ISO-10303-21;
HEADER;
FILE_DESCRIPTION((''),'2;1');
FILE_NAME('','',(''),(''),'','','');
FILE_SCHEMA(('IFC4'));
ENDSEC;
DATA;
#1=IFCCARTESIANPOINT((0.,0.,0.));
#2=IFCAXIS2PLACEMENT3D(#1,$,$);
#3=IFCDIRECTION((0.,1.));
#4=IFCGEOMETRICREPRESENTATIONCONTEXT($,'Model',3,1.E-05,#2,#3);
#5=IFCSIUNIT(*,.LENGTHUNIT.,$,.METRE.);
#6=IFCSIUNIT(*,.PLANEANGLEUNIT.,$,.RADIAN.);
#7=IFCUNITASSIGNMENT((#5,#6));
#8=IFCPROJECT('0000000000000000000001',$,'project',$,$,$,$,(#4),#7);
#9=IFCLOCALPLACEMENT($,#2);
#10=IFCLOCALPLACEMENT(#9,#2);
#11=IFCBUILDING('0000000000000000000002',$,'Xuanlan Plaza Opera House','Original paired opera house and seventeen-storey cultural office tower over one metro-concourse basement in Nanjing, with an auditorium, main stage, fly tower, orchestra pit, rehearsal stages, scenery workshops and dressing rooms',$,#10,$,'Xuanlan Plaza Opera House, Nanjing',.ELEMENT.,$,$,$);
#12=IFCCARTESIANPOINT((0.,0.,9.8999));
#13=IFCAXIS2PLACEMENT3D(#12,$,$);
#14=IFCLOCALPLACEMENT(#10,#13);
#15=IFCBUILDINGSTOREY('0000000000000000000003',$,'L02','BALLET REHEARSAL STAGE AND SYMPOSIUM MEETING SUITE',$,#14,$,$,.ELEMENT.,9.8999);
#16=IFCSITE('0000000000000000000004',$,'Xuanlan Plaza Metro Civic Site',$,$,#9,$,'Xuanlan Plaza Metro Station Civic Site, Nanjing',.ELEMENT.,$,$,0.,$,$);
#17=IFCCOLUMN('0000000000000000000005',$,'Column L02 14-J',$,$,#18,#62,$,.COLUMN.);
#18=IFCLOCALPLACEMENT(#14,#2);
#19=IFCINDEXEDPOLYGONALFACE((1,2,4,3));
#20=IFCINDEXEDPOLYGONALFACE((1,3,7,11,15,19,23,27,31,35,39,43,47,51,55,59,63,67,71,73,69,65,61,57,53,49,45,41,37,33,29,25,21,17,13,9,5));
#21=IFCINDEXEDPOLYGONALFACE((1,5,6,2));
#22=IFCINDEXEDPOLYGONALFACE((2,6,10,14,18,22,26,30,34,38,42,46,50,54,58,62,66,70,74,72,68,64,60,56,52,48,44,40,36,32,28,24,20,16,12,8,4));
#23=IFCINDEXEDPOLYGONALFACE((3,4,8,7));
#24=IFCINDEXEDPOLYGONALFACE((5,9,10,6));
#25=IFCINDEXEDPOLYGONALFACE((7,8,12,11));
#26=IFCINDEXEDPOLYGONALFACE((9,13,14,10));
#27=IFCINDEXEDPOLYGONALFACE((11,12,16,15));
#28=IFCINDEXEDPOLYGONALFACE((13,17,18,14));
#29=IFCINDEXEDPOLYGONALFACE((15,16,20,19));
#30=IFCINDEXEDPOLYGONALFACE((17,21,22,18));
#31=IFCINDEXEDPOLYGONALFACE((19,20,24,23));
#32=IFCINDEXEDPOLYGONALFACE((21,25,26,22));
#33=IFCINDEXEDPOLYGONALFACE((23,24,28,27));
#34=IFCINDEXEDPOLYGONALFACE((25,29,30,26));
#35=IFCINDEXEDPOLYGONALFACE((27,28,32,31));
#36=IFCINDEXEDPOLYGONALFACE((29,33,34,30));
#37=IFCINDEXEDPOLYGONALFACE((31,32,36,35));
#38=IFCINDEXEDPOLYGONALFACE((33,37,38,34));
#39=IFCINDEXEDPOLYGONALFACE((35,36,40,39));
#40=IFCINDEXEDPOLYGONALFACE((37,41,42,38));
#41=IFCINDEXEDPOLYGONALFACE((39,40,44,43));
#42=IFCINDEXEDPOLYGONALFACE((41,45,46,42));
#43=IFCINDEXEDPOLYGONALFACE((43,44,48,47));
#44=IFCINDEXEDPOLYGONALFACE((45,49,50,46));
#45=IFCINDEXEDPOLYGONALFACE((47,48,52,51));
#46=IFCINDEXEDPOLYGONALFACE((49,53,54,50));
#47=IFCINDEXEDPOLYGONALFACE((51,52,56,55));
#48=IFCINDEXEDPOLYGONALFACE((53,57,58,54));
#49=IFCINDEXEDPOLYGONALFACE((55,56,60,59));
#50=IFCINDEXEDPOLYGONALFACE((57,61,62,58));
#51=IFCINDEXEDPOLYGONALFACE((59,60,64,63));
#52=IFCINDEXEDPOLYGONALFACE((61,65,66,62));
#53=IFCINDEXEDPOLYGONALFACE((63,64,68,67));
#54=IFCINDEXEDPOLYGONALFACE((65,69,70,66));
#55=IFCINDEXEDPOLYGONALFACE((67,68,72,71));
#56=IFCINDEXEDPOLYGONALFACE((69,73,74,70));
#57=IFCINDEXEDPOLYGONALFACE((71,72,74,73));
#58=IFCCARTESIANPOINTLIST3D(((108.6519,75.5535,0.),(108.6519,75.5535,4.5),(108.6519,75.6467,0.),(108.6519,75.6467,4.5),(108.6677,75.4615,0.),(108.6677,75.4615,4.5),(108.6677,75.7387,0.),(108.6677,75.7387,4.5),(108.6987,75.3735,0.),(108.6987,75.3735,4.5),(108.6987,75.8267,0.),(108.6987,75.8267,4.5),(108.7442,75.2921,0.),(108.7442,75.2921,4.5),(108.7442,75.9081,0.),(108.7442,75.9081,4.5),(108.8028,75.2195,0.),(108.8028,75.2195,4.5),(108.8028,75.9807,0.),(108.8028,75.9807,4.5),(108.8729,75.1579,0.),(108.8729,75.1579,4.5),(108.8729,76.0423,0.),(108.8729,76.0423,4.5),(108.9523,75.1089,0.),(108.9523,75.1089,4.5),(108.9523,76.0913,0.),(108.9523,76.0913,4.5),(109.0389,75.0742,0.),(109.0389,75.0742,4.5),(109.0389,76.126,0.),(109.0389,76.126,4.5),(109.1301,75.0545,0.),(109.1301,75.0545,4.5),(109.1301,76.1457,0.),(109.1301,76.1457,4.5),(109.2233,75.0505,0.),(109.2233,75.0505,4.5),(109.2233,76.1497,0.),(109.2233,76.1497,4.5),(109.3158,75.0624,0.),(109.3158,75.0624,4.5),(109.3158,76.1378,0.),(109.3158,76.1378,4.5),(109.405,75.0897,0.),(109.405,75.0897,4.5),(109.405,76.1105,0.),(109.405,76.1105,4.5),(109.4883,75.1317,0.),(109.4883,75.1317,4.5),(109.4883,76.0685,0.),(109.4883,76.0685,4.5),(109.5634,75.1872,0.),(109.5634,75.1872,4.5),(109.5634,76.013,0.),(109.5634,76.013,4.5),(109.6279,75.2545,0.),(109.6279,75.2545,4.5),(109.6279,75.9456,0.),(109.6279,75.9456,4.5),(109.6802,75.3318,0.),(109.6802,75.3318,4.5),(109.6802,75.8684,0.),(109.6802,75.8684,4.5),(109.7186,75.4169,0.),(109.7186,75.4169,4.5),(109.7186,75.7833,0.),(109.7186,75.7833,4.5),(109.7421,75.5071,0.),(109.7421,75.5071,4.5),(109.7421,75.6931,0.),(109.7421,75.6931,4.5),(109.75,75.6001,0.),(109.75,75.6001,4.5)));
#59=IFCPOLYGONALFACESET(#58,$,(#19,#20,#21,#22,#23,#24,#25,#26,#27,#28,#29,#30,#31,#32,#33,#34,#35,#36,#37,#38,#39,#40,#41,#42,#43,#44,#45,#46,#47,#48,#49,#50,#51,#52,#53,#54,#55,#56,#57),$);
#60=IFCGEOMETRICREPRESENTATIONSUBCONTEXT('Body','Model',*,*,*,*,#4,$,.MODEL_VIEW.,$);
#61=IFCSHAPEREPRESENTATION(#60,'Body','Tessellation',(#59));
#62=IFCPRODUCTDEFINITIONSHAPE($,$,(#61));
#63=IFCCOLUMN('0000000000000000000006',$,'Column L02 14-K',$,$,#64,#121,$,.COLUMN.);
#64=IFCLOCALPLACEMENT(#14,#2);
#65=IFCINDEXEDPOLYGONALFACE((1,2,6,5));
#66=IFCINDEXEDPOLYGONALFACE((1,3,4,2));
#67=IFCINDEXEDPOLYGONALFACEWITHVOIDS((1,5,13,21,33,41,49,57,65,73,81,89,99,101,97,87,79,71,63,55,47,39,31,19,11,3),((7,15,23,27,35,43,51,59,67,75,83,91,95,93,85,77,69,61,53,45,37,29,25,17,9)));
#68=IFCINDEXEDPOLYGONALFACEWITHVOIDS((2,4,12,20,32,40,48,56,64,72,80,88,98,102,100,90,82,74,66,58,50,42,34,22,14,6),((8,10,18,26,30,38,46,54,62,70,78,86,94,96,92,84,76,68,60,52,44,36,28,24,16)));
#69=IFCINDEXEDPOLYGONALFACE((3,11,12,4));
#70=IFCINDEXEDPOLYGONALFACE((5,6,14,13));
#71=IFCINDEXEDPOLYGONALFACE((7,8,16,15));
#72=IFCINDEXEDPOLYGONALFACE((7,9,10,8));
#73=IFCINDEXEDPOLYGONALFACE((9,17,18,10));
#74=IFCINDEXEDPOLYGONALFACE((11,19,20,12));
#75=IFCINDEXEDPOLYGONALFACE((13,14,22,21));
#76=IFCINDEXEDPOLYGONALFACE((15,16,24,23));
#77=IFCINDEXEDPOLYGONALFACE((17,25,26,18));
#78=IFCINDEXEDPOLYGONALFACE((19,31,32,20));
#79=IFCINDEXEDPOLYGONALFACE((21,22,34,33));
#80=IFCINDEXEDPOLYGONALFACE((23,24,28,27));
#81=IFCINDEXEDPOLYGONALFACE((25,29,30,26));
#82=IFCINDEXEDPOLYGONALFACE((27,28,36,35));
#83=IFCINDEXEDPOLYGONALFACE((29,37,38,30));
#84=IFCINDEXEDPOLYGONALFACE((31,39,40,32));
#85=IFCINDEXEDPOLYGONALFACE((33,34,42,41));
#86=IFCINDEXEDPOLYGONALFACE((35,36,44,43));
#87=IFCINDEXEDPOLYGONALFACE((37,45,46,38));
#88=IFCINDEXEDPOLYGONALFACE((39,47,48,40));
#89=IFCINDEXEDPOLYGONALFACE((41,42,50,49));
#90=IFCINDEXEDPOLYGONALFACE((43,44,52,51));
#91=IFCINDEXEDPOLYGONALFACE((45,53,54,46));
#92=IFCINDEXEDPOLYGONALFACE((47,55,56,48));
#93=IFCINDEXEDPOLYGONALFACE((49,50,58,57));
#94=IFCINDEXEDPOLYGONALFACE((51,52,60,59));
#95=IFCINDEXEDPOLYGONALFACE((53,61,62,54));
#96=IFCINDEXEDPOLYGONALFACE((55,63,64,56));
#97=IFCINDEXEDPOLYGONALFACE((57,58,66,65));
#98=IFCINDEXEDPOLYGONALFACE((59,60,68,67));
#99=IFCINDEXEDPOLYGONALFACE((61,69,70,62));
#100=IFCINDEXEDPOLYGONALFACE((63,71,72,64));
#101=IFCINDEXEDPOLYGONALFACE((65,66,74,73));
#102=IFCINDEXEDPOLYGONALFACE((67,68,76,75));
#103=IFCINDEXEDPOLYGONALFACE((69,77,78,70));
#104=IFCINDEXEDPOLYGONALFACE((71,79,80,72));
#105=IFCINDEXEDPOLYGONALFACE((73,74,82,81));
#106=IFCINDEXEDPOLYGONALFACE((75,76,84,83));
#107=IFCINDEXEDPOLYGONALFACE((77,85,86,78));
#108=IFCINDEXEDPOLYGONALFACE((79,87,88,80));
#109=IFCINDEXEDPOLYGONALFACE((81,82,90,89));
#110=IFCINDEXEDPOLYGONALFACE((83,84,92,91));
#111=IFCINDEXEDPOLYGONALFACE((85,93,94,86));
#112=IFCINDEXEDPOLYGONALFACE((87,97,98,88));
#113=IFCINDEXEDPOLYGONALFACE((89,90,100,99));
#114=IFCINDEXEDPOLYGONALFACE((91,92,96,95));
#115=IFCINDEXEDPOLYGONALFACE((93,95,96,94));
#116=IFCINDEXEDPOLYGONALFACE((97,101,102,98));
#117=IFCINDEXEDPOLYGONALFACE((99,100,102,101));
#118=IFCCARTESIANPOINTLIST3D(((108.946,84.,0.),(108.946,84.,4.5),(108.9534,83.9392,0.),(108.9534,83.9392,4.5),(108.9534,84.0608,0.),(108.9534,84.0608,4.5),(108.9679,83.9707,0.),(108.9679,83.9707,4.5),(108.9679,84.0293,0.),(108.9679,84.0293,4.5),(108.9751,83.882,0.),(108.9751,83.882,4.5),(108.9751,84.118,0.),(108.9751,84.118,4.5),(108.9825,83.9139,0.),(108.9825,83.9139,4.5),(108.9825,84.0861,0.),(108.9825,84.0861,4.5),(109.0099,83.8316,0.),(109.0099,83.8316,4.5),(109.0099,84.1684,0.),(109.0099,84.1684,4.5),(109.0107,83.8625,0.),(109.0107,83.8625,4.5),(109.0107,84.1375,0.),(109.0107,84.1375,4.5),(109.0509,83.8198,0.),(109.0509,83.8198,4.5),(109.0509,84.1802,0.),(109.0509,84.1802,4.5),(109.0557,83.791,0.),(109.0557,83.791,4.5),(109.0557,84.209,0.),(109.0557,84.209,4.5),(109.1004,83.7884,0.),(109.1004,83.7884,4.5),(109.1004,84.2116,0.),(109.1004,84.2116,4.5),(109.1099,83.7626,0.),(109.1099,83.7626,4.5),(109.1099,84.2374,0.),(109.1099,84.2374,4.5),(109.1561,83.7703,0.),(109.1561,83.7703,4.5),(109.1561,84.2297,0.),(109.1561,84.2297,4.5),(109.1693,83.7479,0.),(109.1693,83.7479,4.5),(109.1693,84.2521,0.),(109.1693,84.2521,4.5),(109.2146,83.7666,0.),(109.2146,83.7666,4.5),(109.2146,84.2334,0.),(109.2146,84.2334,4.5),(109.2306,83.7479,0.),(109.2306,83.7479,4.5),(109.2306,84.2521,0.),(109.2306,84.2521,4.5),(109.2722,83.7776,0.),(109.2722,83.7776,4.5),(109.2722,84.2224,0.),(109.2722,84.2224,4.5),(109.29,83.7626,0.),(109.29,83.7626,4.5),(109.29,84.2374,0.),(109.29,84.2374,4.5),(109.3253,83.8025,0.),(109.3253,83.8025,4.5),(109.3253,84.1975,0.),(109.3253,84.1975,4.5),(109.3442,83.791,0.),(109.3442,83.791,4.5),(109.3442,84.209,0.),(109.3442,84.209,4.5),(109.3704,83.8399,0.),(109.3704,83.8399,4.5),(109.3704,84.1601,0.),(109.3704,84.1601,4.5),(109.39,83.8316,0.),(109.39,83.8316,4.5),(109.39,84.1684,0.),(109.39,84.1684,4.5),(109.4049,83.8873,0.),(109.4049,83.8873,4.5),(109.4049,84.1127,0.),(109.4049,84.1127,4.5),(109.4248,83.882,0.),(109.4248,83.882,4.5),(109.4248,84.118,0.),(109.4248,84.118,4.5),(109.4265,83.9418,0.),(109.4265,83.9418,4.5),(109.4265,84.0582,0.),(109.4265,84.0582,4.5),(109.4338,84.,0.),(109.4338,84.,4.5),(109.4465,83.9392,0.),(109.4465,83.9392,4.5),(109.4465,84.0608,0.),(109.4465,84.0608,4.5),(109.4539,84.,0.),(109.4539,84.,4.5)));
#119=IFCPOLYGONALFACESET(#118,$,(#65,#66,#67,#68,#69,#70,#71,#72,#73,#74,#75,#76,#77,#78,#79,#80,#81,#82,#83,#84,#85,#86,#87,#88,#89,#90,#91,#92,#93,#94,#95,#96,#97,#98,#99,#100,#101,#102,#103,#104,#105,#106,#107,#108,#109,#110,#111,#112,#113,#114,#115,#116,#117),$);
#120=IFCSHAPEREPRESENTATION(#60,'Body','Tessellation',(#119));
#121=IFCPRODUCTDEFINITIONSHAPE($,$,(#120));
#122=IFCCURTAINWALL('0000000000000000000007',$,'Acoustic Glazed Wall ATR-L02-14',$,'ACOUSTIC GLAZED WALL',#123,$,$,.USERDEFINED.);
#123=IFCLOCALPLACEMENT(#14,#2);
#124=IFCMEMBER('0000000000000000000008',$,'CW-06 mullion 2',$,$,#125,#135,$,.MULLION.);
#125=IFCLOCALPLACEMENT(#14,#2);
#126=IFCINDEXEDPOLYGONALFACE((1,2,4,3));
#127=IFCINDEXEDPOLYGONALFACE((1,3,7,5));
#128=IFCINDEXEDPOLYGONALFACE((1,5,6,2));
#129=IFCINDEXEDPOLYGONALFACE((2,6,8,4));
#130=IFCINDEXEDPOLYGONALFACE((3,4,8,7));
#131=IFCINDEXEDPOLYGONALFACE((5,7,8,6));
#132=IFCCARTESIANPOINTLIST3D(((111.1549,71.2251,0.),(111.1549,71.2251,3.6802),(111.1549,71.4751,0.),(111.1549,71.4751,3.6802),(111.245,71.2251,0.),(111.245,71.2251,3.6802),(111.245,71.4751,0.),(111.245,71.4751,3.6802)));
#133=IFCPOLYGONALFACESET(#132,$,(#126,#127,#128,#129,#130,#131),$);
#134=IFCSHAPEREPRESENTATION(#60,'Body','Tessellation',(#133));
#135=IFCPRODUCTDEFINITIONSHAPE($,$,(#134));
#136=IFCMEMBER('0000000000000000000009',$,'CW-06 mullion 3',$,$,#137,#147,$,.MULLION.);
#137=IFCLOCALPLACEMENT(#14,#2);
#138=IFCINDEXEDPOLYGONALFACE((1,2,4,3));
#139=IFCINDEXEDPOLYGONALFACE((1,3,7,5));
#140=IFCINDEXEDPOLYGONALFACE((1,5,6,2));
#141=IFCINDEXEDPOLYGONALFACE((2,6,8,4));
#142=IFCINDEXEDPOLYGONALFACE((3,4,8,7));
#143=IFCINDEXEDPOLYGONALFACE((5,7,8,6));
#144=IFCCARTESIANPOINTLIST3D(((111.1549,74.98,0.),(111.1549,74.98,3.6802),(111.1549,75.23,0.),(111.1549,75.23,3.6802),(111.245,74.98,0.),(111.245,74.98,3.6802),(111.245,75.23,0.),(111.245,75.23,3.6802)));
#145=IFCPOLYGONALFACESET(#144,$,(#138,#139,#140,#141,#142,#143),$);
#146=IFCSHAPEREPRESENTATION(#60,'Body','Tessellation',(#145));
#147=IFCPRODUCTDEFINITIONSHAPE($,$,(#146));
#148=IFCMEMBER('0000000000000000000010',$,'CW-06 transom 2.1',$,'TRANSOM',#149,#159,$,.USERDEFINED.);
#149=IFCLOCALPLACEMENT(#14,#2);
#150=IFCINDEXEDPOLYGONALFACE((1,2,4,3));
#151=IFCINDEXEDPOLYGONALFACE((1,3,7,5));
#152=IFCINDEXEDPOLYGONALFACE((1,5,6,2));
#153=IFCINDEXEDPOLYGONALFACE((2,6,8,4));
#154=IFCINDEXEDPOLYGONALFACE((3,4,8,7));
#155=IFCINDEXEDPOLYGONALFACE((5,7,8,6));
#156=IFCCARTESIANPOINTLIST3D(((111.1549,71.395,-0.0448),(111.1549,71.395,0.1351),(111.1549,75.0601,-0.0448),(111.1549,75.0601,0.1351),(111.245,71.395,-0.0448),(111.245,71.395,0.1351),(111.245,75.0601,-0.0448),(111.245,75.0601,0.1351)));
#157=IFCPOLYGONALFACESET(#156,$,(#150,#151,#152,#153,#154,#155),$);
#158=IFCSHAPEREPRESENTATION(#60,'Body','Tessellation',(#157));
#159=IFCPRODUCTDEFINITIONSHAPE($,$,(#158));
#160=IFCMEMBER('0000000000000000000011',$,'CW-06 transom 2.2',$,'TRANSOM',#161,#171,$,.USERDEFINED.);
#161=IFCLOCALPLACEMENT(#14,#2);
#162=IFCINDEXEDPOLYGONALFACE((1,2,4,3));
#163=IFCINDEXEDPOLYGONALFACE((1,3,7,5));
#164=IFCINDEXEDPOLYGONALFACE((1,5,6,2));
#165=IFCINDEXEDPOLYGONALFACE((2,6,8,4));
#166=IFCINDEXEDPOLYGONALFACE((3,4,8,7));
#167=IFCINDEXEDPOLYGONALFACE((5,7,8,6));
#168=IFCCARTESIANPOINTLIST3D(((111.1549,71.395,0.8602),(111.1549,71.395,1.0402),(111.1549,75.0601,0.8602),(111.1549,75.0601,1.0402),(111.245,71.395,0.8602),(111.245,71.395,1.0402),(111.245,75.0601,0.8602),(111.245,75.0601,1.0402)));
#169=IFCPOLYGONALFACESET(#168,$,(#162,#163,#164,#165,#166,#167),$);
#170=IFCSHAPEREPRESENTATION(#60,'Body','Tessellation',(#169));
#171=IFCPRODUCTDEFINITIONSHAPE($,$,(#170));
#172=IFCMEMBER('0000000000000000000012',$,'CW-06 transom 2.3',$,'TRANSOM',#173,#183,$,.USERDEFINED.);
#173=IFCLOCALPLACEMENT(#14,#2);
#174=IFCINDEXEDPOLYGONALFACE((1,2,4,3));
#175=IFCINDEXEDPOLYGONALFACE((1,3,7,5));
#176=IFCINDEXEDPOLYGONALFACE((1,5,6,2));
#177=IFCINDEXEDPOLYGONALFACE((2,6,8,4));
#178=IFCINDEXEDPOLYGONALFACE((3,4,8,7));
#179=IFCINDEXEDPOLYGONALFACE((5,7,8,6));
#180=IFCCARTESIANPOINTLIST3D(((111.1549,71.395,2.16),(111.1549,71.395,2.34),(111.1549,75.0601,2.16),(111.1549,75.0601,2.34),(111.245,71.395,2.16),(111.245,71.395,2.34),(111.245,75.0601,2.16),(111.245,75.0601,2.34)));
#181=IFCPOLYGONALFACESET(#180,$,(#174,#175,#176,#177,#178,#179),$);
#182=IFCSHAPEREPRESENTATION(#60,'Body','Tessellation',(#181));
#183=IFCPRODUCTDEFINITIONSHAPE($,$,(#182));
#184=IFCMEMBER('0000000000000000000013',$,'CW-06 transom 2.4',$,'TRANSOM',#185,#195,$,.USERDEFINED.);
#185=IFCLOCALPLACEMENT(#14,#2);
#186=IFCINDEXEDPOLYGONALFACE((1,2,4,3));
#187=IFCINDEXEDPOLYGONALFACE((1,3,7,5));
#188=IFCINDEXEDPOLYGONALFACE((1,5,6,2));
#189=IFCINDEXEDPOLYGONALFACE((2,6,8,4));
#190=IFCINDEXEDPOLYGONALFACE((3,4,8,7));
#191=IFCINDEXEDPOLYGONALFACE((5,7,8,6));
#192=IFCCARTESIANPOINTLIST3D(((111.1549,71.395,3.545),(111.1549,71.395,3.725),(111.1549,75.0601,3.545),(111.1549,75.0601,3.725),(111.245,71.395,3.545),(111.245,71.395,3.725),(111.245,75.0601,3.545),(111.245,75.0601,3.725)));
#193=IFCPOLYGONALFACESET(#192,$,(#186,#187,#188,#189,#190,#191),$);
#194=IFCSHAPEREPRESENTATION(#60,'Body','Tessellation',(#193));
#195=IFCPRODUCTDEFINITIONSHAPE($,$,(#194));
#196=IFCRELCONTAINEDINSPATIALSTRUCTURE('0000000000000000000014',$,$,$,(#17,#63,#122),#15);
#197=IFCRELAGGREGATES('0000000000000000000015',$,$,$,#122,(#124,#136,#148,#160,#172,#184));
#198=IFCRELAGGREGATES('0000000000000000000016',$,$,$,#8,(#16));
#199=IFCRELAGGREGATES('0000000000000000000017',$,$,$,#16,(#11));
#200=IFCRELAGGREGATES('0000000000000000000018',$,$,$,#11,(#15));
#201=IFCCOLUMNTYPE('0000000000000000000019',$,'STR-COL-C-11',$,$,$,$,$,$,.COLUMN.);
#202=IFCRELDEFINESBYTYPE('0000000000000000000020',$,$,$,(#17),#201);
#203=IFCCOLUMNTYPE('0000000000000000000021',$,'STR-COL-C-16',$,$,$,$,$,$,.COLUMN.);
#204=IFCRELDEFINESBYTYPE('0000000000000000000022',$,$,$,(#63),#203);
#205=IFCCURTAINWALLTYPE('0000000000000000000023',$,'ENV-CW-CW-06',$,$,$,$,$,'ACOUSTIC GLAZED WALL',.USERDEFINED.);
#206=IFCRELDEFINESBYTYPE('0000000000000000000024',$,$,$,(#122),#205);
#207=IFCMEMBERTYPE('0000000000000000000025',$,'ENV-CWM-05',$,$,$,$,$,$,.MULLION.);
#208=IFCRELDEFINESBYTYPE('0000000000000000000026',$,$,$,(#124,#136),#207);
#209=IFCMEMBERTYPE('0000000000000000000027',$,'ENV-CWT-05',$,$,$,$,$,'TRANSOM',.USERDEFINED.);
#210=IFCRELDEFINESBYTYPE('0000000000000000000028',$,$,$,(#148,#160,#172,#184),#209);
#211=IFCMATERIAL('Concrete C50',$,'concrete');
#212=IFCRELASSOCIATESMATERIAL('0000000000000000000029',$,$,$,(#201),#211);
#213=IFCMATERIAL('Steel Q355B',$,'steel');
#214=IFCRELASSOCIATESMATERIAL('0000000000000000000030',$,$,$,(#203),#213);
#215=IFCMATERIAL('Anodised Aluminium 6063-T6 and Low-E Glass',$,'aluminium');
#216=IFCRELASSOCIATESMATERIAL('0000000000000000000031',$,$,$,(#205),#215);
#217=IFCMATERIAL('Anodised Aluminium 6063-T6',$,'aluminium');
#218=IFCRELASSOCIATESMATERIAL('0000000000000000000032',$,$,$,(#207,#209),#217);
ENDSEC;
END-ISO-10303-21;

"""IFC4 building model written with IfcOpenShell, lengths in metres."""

from ifc_helpers import new_model, si_unit, direction, frame, origin, origin_2d, place, context, subcontext, project, spatial, rectangle, circle, hollow_circle, extrude, material, material_profile, profile_set, type_object, element, aggregate, save


model = new_model("IFC4")

# Units and contexts
model_context = context("Model", 3, precision=1e-05, world=origin(), true_north=direction((0.0, 1.0)))
body_context = subcontext(model_context, "Body", "Model", "MODEL_VIEW")
ifc_project = project(units=[si_unit("LENGTHUNIT", "METRE"), si_unit("PLANEANGLEUNIT", "RADIAN")], contexts=[model_context])

# Site, building, storey
site_placement = place(None, origin())
site = spatial("IfcSite", under=ifc_project, at=site_placement, Name="Xuanlan Plaza Metro Civic Site", LongName="Xuanlan Plaza Metro Station Civic Site, Nanjing", CompositionType="ELEMENT", RefElevation=0.0)
building_placement = place(site_placement, origin())
building = spatial("IfcBuilding", under=site, at=building_placement, Name="Xuanlan Plaza Opera House", Description="Original paired opera house and seventeen-storey cultural office tower over one metro-concourse basement in Nanjing, with an auditorium, main stage, fly tower, orchestra pit, rehearsal stages, scenery workshops and dressing rooms", LongName="Xuanlan Plaza Opera House, Nanjing", CompositionType="ELEMENT")
storey_placement = place(building_placement, frame((0.0, 0.0, 9.8999)))
storey = spatial("IfcBuildingStorey", under=building, at=storey_placement, Name="L02", Description="BALLET REHEARSAL STAGE AND SYMPOSIUM MEETING SUITE", CompositionType="ELEMENT", Elevation=9.8999)

# Columns
ifc_material_1 = material(Name="Concrete C50", Category="concrete")
ifc_material_profile_1 = material_profile(ifc_material_1, circle(Radius=0.55, at=origin_2d()), Name="RC-COL D1100")
ifc_profile_set_1 = profile_set([ifc_material_profile_1], Name="Concrete C50")
column_type_1 = type_object("IfcColumnType", Name="STR-COL-C-11", PredefinedType="COLUMN", material=ifc_profile_set_1)
column_1_placement = place(storey_placement, frame((109.2, 75.6001, 0.0), z_axis=(0.0, 0.0, 1.0), x_axis=(1.0, 0.0, 0.0)))
element("IfcColumn", 1, at=column_1_placement, inside=storey, type_object=column_type_1, Name="Column L02 14-J", PredefinedType="COLUMN", context=body_context, shape_type="SweptSolid", body=[
    extrude(circle(Radius=0.55, at=origin_2d()), origin(), (0.0, 0.0, 1.0), 4.5),
])
ifc_material_2 = material(Name="Steel Q355B", Category="steel")
ifc_material_profile_2 = material_profile(ifc_material_2, hollow_circle(Radius=0.2539, WallThickness=0.02, at=origin_2d()), Name="CHS 508x20")
ifc_profile_set_2 = profile_set([ifc_material_profile_2], Name="Steel Q355B")
column_type_2 = type_object("IfcColumnType", Name="STR-COL-C-16", PredefinedType="COLUMN", material=ifc_profile_set_2)
column_2_placement = place(storey_placement, frame((109.2, 84.0, 0.0), z_axis=(0.0, 0.0, 1.0), x_axis=(1.0, 0.0, 0.0)))
element("IfcColumn", 2, at=column_2_placement, inside=storey, type_object=column_type_2, Name="Column L02 14-K", PredefinedType="COLUMN", context=body_context, shape_type="SweptSolid", body=[
    extrude(hollow_circle(Radius=0.2539, WallThickness=0.02, at=origin_2d()), origin(), (0.0, 0.0, 1.0), 4.5),
])

# Curtain wall, members
ifc_material_3 = material(Name="Anodised Aluminium 6063-T6 and Low-E Glass", Category="aluminium")
curtain_wall_type = type_object("IfcCurtainWallType", Name="ENV-CW-CW-06", ElementType="ACOUSTIC GLAZED WALL", PredefinedType="USERDEFINED", material=ifc_material_3)
curtain_wall_placement = place(storey_placement, origin())
curtain_wall = element("IfcCurtainWall", 3, at=curtain_wall_placement, inside=storey, type_object=curtain_wall_type, Name="Acoustic Glazed Wall ATR-L02-14", ObjectType="ACOUSTIC GLAZED WALL", PredefinedType="USERDEFINED")
ifc_material_4 = material(Name="Anodised Aluminium 6063-T6", Category="aluminium")
ifc_material_profile_3 = material_profile(ifc_material_4, rectangle(XDim=0.0901, YDim=0.25, at=origin_2d()), Name="ALU-M 90x250")
ifc_profile_set_3 = profile_set([ifc_material_profile_3], Name="Anodised Aluminium 6063-T6")
member_type_1 = type_object("IfcMemberType", Name="ENV-CWM-05", PredefinedType="MULLION", material=ifc_profile_set_3)
member_1_placement = place(storey_placement, frame((111.2, 71.3501, 0.0), z_axis=(0.0, 0.0, 1.0), x_axis=(-1.0, 0.0, 0.0)))
member_1 = element("IfcMember", 4, at=member_1_placement, type_object=member_type_1, Name="CW-06 mullion 2", PredefinedType="MULLION", context=body_context, shape_type="SweptSolid", body=[
    extrude(rectangle(XDim=0.0901, YDim=0.25, at=origin_2d()), origin(), (0.0, 0.0, 1.0), 3.6802),
])
member_2_placement = place(storey_placement, frame((111.2, 75.105, 0.0), z_axis=(0.0, 0.0, 1.0), x_axis=(-1.0, 0.0, 0.0)))
member_2 = element("IfcMember", 5, at=member_2_placement, type_object=member_type_1, Name="CW-06 mullion 3", PredefinedType="MULLION", context=body_context, shape_type="SweptSolid", body=[
    extrude(rectangle(XDim=0.0901, YDim=0.25, at=origin_2d()), origin(), (0.0, 0.0, 1.0), 3.6802),
])
ifc_material_profile_4 = material_profile(ifc_material_4, rectangle(XDim=0.0901, YDim=0.1799, at=origin_2d()), Name="ALU-T 90x180")
ifc_profile_set_4 = profile_set([ifc_material_profile_4], Name="Anodised Aluminium 6063-T6")
member_type_2 = type_object("IfcMemberType", Name="ENV-CWT-05", ElementType="TRANSOM", PredefinedType="USERDEFINED", material=ifc_profile_set_4)
member_3_placement = place(storey_placement, frame((111.2, 71.395, 0.0452), z_axis=(0.0, 1.0, 0.0), x_axis=(-1.0, 0.0, 0.0)))
member_3 = element("IfcMember", 6, at=member_3_placement, type_object=member_type_2, Name="CW-06 transom 2.1", ObjectType="TRANSOM", PredefinedType="USERDEFINED", context=body_context, shape_type="SweptSolid", body=[
    extrude(rectangle(XDim=0.0901, YDim=0.1799, at=origin_2d()), origin(), (0.0, 0.0, 1.0), 3.665),
])
member_4_placement = place(storey_placement, frame((111.2, 71.395, 0.9502), z_axis=(0.0, 1.0, 0.0), x_axis=(-1.0, 0.0, 0.0)))
member_4 = element("IfcMember", 7, at=member_4_placement, type_object=member_type_2, Name="CW-06 transom 2.2", ObjectType="TRANSOM", PredefinedType="USERDEFINED", context=body_context, shape_type="SweptSolid", body=[
    extrude(rectangle(XDim=0.0901, YDim=0.1799, at=origin_2d()), origin(), (0.0, 0.0, 1.0), 3.665),
])
member_5_placement = place(storey_placement, frame((111.2, 71.395, 2.25), z_axis=(0.0, 1.0, 0.0), x_axis=(-1.0, 0.0, 0.0)))
member_5 = element("IfcMember", 8, at=member_5_placement, type_object=member_type_2, Name="CW-06 transom 2.3", ObjectType="TRANSOM", PredefinedType="USERDEFINED", context=body_context, shape_type="SweptSolid", body=[
    extrude(rectangle(XDim=0.0901, YDim=0.1799, at=origin_2d()), origin(), (0.0, 0.0, 1.0), 3.665),
])
member_6_placement = place(storey_placement, frame((111.2, 71.395, 3.635), z_axis=(0.0, 1.0, 0.0), x_axis=(-1.0, 0.0, 0.0)))
member_6 = element("IfcMember", 9, at=member_6_placement, type_object=member_type_2, Name="CW-06 transom 2.4", ObjectType="TRANSOM", PredefinedType="USERDEFINED", context=body_context, shape_type="SweptSolid", body=[
    extrude(rectangle(XDim=0.0901, YDim=0.1799, at=origin_2d()), origin(), (0.0, 0.0, 1.0), 3.665),
])

aggregate(curtain_wall, [member_1, member_2, member_3, member_4, member_5, member_6])

save(model, "model.ifc")
